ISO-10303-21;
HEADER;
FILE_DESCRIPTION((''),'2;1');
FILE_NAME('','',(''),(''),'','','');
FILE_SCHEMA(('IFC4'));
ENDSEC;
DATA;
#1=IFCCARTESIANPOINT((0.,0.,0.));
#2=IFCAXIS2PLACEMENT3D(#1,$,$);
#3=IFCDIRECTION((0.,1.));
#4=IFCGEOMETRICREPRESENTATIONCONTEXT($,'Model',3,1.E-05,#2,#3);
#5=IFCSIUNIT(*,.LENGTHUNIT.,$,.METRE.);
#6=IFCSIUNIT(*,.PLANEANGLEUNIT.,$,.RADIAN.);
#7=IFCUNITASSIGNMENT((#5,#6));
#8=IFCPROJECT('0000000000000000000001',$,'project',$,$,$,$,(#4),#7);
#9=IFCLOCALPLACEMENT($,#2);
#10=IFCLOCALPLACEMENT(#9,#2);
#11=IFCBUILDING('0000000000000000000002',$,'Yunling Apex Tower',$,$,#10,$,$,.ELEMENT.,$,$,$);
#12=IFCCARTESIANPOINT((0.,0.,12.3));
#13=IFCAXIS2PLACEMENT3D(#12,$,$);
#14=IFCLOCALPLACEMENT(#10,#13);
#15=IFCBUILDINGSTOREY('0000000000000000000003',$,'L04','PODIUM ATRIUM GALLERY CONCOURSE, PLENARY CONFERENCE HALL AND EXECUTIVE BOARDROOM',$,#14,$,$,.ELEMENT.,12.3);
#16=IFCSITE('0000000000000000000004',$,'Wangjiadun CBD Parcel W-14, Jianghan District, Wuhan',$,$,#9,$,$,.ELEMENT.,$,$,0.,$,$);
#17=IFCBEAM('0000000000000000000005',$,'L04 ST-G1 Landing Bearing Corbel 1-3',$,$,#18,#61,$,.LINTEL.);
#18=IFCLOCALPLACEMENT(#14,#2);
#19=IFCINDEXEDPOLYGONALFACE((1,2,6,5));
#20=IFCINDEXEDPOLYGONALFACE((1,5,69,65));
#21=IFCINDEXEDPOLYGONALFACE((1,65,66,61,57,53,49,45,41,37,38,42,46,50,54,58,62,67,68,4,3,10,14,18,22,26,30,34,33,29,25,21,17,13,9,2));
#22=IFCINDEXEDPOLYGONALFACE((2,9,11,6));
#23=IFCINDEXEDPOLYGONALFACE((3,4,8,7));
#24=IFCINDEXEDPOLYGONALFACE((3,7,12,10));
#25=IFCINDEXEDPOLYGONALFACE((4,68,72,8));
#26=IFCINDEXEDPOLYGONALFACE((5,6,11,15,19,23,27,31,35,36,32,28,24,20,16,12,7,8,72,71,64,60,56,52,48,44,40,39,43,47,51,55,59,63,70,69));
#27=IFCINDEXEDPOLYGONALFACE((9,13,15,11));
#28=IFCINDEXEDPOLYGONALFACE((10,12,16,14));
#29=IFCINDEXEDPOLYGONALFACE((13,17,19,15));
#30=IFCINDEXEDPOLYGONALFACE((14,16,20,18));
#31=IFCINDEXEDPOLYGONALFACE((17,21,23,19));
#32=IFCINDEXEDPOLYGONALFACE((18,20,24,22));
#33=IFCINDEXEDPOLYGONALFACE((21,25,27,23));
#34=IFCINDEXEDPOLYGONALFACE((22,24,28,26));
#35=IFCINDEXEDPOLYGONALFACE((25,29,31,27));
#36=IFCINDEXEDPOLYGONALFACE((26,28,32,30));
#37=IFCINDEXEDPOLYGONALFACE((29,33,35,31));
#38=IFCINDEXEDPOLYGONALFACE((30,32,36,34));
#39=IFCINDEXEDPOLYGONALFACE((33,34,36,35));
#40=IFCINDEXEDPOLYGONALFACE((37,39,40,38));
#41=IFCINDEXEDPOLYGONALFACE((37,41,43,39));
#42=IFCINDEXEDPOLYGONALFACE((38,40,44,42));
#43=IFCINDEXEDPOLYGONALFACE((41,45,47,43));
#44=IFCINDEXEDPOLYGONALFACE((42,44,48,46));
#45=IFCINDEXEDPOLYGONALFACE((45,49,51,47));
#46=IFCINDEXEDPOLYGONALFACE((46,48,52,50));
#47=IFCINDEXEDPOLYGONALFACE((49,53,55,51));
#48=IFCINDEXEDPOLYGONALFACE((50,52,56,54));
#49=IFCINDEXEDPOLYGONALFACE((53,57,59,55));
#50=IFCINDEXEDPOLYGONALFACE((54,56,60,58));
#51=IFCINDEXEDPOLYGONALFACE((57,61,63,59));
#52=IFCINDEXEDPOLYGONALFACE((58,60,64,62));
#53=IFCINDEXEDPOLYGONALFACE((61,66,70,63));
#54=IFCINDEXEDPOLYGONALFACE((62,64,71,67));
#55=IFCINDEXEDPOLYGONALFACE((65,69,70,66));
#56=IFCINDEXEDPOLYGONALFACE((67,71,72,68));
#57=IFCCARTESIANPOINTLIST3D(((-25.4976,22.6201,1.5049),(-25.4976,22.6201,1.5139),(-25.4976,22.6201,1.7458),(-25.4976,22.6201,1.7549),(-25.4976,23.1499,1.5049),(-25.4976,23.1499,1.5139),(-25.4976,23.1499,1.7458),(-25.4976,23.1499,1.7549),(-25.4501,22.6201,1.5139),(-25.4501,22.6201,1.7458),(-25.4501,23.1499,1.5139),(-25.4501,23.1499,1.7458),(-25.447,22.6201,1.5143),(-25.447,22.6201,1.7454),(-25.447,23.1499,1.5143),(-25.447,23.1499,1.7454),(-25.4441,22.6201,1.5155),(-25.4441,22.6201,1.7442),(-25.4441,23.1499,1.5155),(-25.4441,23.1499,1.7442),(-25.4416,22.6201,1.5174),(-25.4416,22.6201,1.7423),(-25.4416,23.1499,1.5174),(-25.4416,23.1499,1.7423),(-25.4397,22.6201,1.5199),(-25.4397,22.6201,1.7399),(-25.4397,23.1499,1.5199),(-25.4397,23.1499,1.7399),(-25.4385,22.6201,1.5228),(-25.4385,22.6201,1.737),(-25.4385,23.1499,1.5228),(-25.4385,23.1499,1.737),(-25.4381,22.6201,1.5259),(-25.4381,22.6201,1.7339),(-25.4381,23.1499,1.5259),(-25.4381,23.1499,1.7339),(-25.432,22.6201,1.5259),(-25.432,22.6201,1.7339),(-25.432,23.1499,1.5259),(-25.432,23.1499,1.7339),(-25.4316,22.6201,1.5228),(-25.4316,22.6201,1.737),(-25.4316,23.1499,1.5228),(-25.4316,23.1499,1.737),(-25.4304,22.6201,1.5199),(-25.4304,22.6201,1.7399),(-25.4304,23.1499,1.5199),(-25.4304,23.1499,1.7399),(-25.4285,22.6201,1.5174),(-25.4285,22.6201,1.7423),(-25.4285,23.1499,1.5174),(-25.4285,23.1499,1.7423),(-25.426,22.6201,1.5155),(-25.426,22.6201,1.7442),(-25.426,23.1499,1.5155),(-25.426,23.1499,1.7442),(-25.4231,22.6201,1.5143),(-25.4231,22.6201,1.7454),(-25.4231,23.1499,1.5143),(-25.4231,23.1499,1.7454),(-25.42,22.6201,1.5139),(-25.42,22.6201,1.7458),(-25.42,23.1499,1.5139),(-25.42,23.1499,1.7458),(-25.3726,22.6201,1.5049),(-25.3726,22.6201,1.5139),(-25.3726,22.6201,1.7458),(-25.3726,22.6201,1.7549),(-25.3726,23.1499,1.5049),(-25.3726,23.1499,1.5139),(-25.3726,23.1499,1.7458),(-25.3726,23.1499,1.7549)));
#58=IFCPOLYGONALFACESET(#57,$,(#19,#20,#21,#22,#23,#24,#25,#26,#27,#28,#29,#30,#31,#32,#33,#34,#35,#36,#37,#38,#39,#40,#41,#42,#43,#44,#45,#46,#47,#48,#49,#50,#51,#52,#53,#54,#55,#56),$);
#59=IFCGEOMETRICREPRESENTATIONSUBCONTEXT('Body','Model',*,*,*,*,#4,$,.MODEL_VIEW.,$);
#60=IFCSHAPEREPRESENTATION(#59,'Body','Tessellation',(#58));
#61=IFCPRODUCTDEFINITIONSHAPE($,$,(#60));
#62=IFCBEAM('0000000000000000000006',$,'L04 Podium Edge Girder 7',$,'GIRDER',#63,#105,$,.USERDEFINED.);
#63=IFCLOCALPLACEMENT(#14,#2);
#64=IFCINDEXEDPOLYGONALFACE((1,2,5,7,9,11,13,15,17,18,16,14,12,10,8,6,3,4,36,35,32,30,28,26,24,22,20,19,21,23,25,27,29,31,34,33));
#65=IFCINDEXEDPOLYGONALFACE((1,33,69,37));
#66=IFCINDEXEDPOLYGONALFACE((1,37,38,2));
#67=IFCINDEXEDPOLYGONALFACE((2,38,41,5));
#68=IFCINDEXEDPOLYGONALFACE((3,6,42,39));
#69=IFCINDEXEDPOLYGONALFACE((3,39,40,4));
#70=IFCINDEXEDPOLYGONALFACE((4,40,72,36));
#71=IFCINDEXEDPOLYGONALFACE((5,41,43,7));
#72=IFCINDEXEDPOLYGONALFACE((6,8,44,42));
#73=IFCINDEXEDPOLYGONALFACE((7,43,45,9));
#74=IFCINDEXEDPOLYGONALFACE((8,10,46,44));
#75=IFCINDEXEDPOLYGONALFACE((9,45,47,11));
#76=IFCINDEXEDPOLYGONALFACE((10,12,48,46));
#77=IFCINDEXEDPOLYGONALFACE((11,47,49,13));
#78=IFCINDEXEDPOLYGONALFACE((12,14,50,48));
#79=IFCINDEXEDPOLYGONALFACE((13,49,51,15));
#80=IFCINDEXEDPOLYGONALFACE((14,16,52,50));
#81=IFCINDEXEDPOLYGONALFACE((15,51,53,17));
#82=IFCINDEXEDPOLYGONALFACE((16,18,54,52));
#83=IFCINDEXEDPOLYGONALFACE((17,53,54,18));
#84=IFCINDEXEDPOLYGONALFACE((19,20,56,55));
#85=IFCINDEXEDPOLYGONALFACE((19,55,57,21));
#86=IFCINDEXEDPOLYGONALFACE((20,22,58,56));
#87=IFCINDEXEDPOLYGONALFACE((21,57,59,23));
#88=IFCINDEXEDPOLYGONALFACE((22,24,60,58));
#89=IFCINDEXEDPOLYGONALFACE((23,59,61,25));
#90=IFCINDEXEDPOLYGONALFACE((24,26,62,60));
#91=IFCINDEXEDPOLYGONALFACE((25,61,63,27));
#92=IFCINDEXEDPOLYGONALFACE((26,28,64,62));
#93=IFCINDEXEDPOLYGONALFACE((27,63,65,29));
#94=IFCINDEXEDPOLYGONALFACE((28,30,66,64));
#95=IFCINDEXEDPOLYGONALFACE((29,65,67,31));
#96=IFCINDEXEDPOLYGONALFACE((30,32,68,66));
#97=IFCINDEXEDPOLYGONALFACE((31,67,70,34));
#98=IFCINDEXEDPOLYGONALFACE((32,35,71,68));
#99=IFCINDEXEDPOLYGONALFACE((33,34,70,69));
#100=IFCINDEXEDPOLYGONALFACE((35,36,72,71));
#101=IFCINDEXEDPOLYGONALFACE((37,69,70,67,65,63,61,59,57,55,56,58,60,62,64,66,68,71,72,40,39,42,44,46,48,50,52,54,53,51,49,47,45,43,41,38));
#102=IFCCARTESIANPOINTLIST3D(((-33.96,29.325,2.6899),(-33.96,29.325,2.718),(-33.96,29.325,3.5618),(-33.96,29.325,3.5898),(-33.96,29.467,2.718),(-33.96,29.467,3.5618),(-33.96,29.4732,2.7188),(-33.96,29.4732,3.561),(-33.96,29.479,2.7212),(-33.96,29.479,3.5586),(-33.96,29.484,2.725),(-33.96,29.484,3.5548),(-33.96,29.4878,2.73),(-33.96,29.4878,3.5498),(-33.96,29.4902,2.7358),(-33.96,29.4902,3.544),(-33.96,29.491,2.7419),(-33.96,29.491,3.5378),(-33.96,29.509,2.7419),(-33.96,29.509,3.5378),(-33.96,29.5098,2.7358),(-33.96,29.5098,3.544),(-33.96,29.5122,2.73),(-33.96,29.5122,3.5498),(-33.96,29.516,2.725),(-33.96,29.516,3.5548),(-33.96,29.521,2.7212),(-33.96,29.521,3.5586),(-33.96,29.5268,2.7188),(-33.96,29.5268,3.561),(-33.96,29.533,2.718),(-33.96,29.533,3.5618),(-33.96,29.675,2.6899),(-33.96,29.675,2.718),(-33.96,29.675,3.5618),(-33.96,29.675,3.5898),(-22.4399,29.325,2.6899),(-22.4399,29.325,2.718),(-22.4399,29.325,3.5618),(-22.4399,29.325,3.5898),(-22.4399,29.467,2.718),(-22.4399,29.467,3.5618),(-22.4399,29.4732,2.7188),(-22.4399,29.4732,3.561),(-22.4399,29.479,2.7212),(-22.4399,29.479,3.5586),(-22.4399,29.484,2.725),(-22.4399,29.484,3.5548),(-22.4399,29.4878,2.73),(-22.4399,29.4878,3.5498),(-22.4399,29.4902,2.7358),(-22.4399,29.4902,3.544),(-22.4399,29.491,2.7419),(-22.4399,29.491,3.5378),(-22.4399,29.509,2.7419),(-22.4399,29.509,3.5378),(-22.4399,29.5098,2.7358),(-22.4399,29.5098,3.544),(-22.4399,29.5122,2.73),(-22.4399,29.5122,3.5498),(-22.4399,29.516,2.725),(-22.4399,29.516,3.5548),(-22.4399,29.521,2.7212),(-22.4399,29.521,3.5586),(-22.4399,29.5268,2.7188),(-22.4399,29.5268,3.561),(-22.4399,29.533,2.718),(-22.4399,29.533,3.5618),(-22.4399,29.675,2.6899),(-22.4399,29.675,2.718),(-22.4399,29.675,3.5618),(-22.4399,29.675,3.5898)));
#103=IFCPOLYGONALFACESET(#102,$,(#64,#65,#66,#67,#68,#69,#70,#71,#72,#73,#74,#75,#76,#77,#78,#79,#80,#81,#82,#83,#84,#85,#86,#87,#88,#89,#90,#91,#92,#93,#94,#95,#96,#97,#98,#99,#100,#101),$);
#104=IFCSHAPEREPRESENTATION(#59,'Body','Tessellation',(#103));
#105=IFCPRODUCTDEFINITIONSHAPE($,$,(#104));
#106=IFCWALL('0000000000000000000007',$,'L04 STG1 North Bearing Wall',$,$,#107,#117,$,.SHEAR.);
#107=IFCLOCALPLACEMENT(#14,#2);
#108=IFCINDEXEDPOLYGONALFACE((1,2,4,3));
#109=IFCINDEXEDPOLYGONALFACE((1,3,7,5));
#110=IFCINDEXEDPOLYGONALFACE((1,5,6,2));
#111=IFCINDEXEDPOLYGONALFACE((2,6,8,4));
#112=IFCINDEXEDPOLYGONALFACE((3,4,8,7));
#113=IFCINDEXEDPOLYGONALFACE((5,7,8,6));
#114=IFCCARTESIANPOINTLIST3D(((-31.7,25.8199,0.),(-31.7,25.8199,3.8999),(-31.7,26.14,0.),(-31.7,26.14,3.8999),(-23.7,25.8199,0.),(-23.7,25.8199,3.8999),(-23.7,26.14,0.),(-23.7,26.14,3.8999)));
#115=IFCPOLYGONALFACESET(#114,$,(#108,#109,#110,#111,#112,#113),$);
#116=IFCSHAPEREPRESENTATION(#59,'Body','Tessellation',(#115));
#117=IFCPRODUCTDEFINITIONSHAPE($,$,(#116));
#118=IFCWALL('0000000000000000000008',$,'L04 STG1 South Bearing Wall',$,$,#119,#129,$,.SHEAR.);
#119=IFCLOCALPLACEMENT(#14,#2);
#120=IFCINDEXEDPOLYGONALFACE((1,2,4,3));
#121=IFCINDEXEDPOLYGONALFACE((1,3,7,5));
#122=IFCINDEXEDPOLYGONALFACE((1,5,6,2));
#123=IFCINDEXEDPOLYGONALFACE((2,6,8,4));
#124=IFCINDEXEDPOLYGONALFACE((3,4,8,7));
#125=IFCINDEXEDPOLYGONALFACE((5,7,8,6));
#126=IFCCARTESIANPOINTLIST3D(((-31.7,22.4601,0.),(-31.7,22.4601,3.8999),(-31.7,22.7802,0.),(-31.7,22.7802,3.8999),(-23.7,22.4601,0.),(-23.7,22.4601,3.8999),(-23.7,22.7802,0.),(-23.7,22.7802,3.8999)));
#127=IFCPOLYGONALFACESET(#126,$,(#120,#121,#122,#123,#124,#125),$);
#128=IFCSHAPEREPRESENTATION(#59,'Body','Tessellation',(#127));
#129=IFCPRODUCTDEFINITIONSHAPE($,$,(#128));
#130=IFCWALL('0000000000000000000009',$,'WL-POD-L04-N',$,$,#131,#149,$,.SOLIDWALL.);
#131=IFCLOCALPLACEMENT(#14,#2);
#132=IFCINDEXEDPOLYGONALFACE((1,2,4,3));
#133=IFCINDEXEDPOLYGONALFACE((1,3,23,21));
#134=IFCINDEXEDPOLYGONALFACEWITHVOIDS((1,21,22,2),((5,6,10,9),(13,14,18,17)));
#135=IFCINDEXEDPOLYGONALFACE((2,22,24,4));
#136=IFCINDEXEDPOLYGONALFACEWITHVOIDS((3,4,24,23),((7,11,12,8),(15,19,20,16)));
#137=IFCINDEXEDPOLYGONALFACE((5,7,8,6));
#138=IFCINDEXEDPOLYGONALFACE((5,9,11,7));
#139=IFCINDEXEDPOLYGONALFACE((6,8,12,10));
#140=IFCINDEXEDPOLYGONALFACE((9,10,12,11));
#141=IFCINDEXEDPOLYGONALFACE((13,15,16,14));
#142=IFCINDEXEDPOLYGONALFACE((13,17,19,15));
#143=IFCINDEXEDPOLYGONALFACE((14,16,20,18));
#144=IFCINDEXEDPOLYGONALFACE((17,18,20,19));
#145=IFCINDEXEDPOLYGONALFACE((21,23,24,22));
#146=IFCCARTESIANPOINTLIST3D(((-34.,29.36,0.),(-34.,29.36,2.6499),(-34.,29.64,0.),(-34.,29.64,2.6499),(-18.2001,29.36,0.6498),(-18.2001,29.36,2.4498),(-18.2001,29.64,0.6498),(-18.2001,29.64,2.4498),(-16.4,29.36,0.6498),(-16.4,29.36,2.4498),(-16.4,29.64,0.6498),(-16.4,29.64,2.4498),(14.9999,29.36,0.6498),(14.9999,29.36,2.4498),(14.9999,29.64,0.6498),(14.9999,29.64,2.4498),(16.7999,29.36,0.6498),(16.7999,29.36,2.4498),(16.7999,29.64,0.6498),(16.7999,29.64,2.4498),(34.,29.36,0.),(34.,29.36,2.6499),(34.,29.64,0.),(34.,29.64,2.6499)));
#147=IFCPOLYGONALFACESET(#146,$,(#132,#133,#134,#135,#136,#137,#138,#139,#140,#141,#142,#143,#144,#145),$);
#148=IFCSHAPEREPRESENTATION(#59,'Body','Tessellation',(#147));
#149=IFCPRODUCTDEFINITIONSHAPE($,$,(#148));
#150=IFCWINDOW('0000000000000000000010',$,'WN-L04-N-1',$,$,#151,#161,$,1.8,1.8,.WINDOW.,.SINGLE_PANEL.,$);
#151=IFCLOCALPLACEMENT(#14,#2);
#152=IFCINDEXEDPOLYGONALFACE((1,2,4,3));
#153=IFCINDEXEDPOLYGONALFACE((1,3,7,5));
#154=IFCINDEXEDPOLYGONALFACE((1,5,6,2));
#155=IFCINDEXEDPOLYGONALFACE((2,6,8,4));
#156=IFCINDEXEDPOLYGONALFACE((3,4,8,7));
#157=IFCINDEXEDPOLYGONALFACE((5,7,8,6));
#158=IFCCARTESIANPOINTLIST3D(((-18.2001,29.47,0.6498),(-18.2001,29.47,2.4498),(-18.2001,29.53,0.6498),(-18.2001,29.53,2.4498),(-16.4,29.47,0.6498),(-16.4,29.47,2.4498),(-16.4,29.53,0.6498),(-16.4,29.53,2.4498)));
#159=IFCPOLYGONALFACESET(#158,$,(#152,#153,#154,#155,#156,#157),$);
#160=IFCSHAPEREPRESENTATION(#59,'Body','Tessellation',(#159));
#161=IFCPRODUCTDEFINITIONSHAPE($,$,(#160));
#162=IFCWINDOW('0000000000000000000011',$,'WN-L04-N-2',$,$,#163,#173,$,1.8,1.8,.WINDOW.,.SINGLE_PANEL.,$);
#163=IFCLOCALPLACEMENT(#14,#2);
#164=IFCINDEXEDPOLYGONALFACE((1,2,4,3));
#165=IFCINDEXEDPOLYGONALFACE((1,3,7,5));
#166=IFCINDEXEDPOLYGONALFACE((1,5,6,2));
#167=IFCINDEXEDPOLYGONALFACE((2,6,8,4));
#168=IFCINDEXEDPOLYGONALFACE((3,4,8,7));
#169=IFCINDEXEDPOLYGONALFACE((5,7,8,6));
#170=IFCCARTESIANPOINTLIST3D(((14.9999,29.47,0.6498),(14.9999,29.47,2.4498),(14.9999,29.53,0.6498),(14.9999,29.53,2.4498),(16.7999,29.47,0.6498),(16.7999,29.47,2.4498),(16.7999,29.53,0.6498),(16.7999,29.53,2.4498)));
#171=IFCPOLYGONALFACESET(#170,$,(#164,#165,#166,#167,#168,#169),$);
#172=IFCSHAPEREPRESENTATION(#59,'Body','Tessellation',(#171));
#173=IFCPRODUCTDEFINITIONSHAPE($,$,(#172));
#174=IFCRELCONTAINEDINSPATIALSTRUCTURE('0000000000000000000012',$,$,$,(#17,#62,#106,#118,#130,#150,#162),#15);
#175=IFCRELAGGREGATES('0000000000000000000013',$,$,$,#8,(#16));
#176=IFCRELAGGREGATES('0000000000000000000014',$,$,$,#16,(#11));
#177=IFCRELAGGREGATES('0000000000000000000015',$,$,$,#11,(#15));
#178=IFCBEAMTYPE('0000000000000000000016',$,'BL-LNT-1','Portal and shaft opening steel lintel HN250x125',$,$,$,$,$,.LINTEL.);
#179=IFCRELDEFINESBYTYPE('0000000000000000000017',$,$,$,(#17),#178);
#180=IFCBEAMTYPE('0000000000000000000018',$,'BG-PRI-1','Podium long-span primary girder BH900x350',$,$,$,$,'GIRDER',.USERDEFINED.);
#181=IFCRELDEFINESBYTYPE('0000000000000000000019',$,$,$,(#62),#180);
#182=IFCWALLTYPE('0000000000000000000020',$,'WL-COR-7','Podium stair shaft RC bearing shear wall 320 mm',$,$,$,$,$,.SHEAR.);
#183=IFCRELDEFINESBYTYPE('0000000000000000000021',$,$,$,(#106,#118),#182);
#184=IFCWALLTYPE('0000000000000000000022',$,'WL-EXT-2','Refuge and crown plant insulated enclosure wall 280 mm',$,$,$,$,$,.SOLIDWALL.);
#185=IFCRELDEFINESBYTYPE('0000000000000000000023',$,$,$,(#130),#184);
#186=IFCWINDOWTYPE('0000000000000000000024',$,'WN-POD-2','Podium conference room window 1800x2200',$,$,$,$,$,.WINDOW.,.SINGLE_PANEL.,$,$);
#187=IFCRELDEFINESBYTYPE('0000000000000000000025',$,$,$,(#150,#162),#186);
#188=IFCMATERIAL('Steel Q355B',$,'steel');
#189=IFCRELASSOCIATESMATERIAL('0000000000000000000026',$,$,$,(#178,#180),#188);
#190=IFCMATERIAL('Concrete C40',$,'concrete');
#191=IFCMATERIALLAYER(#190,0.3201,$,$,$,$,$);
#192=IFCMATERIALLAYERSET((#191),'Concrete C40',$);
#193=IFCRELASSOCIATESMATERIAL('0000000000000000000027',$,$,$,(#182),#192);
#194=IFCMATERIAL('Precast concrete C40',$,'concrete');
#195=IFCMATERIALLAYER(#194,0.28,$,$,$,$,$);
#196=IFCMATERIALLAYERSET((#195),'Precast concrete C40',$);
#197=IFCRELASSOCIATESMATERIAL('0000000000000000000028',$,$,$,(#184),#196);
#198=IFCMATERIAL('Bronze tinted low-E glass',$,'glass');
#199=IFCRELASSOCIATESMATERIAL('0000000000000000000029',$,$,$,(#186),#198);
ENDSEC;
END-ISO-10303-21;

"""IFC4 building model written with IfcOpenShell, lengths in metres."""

from ifc_helpers import new_model, si_unit, direction, frame, frame_2d, origin, origin_2d, place, context, subcontext, project, spatial, rectangle, i_section, extrude, source, transform, mapped, material, layer, layer_set, material_profile, profile_set, type_object, element, fill, save


model = new_model("IFC4")

# Units and contexts
model_context = context("Model", 3, precision=1e-05, world=origin(), true_north=direction((0.0, 1.0)))
body_context = subcontext(model_context, "Body", "Model", "MODEL_VIEW")
ifc_project = project(units=[si_unit("LENGTHUNIT", "METRE"), si_unit("PLANEANGLEUNIT", "RADIAN")], contexts=[model_context])

# Site, building, storey
site_placement = place(None, origin())
site = spatial("IfcSite", under=ifc_project, at=site_placement, Name="Wangjiadun CBD Parcel W-14, Jianghan District, Wuhan", CompositionType="ELEMENT", RefElevation=0.0)
building_placement = place(site_placement, origin())
building = spatial("IfcBuilding", under=site, at=building_placement, Name="Yunling Apex Tower", CompositionType="ELEMENT")
storey_placement = place(building_placement, frame((0.0, 0.0, 12.3)))
storey = spatial("IfcBuildingStorey", under=building, at=storey_placement, Name="L04", Description="PODIUM ATRIUM GALLERY CONCOURSE, PLENARY CONFERENCE HALL AND EXECUTIVE BOARDROOM", CompositionType="ELEMENT", Elevation=12.3)

# Beams
ifc_material_1 = material(Name="Steel Q355B", Category="steel")
ifc_material_profile_1 = material_profile(ifc_material_1, i_section(OverallWidth=0.125, OverallDepth=0.25, WebThickness=0.0061, FlangeThickness=0.009, FilletRadius=0.012, at=origin_2d()))
ifc_profile_set_1 = profile_set([ifc_material_profile_1], Name="Steel Q355B")
beam_type_1 = type_object("IfcBeamType", Name="BL-LNT-1", Description="Portal and shaft opening steel lintel HN250x125", PredefinedType="LINTEL", material=ifc_profile_set_1)
shared_shape_1 = source(origin(), body_context, "Body", "SweptSolid", [
    extrude(i_section(OverallWidth=0.125, OverallDepth=0.25, WebThickness=0.0061, FlangeThickness=0.009, FilletRadius=0.012, at=origin_2d()), origin(), (0.0, 0.0, 1.0), 0.5298),
])
beam_1_placement = place(storey_placement, frame((-25.4351, 22.6201, 1.6299), z_axis=(0.0, 1.0, 0.0), x_axis=(-1.0, 0.0, 0.0)))
element("IfcBeam", 1, at=beam_1_placement, inside=storey, type_object=beam_type_1, Name="L04 ST-G1 Landing Bearing Corbel 1-3", PredefinedType="LINTEL", context=body_context, shape_type="MappedRepresentation", body=[
    mapped(shared_shape_1, transform((0.0, 0.0, 0.0), scale=1.0)),
])
ifc_material_profile_2 = material_profile(ifc_material_1, i_section(OverallWidth=0.3501, OverallDepth=0.8999, WebThickness=0.0181, FlangeThickness=0.0281, FilletRadius=0.0239, at=origin_2d()))
ifc_profile_set_2 = profile_set([ifc_material_profile_2], Name="Steel Q355B")
beam_type_2 = type_object("IfcBeamType", Name="BG-PRI-1", Description="Podium long-span primary girder BH900x350", ElementType="GIRDER", PredefinedType="USERDEFINED", material=ifc_profile_set_2)
shared_shape_2 = source(origin(), body_context, "Body", "SweptSolid", [
    extrude(i_section(OverallWidth=0.3501, OverallDepth=0.8999, WebThickness=0.0181, FlangeThickness=0.0281, FilletRadius=0.0239, at=origin_2d()), origin(), (0.0, 0.0, 1.0), 11.52),
])
beam_2_placement = place(storey_placement, frame((-33.96, 29.5, 3.1399), z_axis=(1.0, 0.0, 0.0), x_axis=(0.0, 1.0, 0.0)))
element("IfcBeam", 2, at=beam_2_placement, inside=storey, type_object=beam_type_2, Name="L04 Podium Edge Girder 7", ObjectType="GIRDER", PredefinedType="USERDEFINED", context=body_context, shape_type="MappedRepresentation", body=[
    mapped(shared_shape_2, transform((0.0, 0.0, 0.0), scale=1.0)),
])

# Walls
ifc_material_2 = material(Name="Concrete C40", Category="concrete")
ifc_layer_1 = layer(ifc_material_2, 0.3201)
ifc_layer_set_1 = layer_set([ifc_layer_1], Name="Concrete C40")
wall_type_1 = type_object("IfcWallType", Name="WL-COR-7", Description="Podium stair shaft RC bearing shear wall 320 mm", PredefinedType="SHEAR", material=ifc_layer_set_1)
for number, where, z_axis, x_axis, name in (
    (3, (-31.7, 25.98, 0.0), (0.0, 0.0, 1.0), (1.0, 0.0, 0.0), "L04 STG1 North Bearing Wall"),
    (4, (-31.7, 22.6201, 0.0), (0.0, 0.0, 1.0), (1.0, 0.0, 0.0), "L04 STG1 South Bearing Wall"),
):
    element("IfcWall", number, at=place(storey_placement, frame(where, z_axis=z_axis, x_axis=x_axis)), inside=storey, type_object=wall_type_1, Name=name, PredefinedType="SHEAR", context=body_context, shape_type="SweptSolid", body=[
        extrude(rectangle(XDim=8.0, YDim=0.3201, at=frame_2d((4.0, 0.0))), origin(), (0.0, 0.0, 1.0), 3.8999),
    ])

# Wall, openings, windows
ifc_material_3 = material(Name="Precast concrete C40", Category="concrete")
ifc_layer_2 = layer(ifc_material_3, 0.28)
ifc_layer_set_2 = layer_set([ifc_layer_2], Name="Precast concrete C40")
wall_type_2 = type_object("IfcWallType", Name="WL-EXT-2", Description="Refuge and crown plant insulated enclosure wall 280 mm", PredefinedType="SOLIDWALL", material=ifc_layer_set_2)
wall_1_placement = place(storey_placement, frame((-34.0, 29.5, 0.0), z_axis=(0.0, 0.0, 1.0), x_axis=(1.0, 0.0, 0.0)))
wall_1 = element("IfcWall", 5, at=wall_1_placement, inside=storey, type_object=wall_type_2, Name="WL-POD-L04-N", PredefinedType="SOLIDWALL", context=body_context, shape_type="SweptSolid", body=[
    extrude(rectangle(XDim=68.0, YDim=0.28, at=frame_2d((34.0, 0.0))), origin(), (0.0, 0.0, 1.0), 2.6499),
])
opening_1_placement = place(wall_1_placement, frame((15.8, 0.0, 0.6499)))
opening_1 = element("IfcOpeningElement", 6, at=opening_1_placement, cuts=wall_1, PredefinedType="OPENING", context=body_context, shape_type="SweptSolid", body=[
    extrude(rectangle(XDim=1.8, YDim=1.8, at=frame_2d((0.8999, 0.8999))), frame((0.0, 0.1499, 0.0), z_axis=(0.0, -1.0, 0.0), x_axis=(1.0, 0.0, 0.0)), (0.0, 0.0, 1.0), 0.3),
])
opening_2_placement = place(wall_1_placement, frame((49.0, 0.0, 0.6499)))
opening_2 = element("IfcOpeningElement", 7, at=opening_2_placement, cuts=wall_1, PredefinedType="OPENING", context=body_context, shape_type="SweptSolid", body=[
    extrude(rectangle(XDim=1.8, YDim=1.8, at=frame_2d((0.8999, 0.8999))), frame((0.0, 0.1499, 0.0), z_axis=(0.0, -1.0, 0.0), x_axis=(1.0, 0.0, 0.0)), (0.0, 0.0, 1.0), 0.3),
])
ifc_material_4 = material(Name="Bronze tinted low-E glass", Category="glass")
window_type = type_object("IfcWindowType", Name="WN-POD-2", Description="Podium conference room window 1800x2200", PartitioningType="SINGLE_PANEL", PredefinedType="WINDOW", material=ifc_material_4)
window_1_placement = place(opening_1_placement, origin())
window_1 = element("IfcWindow", 8, at=window_1_placement, inside=storey, type_object=window_type, Name="WN-L04-N-1", OverallHeight=1.8, OverallWidth=1.8, PartitioningType="SINGLE_PANEL", PredefinedType="WINDOW", context=body_context, shape_type="SweptSolid", body=[
    extrude(rectangle(XDim=1.8, YDim=1.8, at=frame_2d((0.8999, 0.8999))), frame((0.0, 0.03, 0.0), z_axis=(0.0, -1.0, 0.0), x_axis=(1.0, 0.0, 0.0)), (0.0, 0.0, 1.0), 0.0601),
])
fill(opening_1, window_1)
window_2_placement = place(opening_2_placement, origin())
window_2 = element("IfcWindow", 9, at=window_2_placement, inside=storey, type_object=window_type, Name="WN-L04-N-2", OverallHeight=1.8, OverallWidth=1.8, PartitioningType="SINGLE_PANEL", PredefinedType="WINDOW", context=body_context, shape_type="SweptSolid", body=[
    extrude(rectangle(XDim=1.8, YDim=1.8, at=frame_2d((0.8999, 0.8999))), frame((0.0, 0.03, 0.0), z_axis=(0.0, -1.0, 0.0), x_axis=(1.0, 0.0, 0.0)), (0.0, 0.0, 1.0), 0.0601),
])
fill(opening_2, window_2)

save(model, "model.ifc")
